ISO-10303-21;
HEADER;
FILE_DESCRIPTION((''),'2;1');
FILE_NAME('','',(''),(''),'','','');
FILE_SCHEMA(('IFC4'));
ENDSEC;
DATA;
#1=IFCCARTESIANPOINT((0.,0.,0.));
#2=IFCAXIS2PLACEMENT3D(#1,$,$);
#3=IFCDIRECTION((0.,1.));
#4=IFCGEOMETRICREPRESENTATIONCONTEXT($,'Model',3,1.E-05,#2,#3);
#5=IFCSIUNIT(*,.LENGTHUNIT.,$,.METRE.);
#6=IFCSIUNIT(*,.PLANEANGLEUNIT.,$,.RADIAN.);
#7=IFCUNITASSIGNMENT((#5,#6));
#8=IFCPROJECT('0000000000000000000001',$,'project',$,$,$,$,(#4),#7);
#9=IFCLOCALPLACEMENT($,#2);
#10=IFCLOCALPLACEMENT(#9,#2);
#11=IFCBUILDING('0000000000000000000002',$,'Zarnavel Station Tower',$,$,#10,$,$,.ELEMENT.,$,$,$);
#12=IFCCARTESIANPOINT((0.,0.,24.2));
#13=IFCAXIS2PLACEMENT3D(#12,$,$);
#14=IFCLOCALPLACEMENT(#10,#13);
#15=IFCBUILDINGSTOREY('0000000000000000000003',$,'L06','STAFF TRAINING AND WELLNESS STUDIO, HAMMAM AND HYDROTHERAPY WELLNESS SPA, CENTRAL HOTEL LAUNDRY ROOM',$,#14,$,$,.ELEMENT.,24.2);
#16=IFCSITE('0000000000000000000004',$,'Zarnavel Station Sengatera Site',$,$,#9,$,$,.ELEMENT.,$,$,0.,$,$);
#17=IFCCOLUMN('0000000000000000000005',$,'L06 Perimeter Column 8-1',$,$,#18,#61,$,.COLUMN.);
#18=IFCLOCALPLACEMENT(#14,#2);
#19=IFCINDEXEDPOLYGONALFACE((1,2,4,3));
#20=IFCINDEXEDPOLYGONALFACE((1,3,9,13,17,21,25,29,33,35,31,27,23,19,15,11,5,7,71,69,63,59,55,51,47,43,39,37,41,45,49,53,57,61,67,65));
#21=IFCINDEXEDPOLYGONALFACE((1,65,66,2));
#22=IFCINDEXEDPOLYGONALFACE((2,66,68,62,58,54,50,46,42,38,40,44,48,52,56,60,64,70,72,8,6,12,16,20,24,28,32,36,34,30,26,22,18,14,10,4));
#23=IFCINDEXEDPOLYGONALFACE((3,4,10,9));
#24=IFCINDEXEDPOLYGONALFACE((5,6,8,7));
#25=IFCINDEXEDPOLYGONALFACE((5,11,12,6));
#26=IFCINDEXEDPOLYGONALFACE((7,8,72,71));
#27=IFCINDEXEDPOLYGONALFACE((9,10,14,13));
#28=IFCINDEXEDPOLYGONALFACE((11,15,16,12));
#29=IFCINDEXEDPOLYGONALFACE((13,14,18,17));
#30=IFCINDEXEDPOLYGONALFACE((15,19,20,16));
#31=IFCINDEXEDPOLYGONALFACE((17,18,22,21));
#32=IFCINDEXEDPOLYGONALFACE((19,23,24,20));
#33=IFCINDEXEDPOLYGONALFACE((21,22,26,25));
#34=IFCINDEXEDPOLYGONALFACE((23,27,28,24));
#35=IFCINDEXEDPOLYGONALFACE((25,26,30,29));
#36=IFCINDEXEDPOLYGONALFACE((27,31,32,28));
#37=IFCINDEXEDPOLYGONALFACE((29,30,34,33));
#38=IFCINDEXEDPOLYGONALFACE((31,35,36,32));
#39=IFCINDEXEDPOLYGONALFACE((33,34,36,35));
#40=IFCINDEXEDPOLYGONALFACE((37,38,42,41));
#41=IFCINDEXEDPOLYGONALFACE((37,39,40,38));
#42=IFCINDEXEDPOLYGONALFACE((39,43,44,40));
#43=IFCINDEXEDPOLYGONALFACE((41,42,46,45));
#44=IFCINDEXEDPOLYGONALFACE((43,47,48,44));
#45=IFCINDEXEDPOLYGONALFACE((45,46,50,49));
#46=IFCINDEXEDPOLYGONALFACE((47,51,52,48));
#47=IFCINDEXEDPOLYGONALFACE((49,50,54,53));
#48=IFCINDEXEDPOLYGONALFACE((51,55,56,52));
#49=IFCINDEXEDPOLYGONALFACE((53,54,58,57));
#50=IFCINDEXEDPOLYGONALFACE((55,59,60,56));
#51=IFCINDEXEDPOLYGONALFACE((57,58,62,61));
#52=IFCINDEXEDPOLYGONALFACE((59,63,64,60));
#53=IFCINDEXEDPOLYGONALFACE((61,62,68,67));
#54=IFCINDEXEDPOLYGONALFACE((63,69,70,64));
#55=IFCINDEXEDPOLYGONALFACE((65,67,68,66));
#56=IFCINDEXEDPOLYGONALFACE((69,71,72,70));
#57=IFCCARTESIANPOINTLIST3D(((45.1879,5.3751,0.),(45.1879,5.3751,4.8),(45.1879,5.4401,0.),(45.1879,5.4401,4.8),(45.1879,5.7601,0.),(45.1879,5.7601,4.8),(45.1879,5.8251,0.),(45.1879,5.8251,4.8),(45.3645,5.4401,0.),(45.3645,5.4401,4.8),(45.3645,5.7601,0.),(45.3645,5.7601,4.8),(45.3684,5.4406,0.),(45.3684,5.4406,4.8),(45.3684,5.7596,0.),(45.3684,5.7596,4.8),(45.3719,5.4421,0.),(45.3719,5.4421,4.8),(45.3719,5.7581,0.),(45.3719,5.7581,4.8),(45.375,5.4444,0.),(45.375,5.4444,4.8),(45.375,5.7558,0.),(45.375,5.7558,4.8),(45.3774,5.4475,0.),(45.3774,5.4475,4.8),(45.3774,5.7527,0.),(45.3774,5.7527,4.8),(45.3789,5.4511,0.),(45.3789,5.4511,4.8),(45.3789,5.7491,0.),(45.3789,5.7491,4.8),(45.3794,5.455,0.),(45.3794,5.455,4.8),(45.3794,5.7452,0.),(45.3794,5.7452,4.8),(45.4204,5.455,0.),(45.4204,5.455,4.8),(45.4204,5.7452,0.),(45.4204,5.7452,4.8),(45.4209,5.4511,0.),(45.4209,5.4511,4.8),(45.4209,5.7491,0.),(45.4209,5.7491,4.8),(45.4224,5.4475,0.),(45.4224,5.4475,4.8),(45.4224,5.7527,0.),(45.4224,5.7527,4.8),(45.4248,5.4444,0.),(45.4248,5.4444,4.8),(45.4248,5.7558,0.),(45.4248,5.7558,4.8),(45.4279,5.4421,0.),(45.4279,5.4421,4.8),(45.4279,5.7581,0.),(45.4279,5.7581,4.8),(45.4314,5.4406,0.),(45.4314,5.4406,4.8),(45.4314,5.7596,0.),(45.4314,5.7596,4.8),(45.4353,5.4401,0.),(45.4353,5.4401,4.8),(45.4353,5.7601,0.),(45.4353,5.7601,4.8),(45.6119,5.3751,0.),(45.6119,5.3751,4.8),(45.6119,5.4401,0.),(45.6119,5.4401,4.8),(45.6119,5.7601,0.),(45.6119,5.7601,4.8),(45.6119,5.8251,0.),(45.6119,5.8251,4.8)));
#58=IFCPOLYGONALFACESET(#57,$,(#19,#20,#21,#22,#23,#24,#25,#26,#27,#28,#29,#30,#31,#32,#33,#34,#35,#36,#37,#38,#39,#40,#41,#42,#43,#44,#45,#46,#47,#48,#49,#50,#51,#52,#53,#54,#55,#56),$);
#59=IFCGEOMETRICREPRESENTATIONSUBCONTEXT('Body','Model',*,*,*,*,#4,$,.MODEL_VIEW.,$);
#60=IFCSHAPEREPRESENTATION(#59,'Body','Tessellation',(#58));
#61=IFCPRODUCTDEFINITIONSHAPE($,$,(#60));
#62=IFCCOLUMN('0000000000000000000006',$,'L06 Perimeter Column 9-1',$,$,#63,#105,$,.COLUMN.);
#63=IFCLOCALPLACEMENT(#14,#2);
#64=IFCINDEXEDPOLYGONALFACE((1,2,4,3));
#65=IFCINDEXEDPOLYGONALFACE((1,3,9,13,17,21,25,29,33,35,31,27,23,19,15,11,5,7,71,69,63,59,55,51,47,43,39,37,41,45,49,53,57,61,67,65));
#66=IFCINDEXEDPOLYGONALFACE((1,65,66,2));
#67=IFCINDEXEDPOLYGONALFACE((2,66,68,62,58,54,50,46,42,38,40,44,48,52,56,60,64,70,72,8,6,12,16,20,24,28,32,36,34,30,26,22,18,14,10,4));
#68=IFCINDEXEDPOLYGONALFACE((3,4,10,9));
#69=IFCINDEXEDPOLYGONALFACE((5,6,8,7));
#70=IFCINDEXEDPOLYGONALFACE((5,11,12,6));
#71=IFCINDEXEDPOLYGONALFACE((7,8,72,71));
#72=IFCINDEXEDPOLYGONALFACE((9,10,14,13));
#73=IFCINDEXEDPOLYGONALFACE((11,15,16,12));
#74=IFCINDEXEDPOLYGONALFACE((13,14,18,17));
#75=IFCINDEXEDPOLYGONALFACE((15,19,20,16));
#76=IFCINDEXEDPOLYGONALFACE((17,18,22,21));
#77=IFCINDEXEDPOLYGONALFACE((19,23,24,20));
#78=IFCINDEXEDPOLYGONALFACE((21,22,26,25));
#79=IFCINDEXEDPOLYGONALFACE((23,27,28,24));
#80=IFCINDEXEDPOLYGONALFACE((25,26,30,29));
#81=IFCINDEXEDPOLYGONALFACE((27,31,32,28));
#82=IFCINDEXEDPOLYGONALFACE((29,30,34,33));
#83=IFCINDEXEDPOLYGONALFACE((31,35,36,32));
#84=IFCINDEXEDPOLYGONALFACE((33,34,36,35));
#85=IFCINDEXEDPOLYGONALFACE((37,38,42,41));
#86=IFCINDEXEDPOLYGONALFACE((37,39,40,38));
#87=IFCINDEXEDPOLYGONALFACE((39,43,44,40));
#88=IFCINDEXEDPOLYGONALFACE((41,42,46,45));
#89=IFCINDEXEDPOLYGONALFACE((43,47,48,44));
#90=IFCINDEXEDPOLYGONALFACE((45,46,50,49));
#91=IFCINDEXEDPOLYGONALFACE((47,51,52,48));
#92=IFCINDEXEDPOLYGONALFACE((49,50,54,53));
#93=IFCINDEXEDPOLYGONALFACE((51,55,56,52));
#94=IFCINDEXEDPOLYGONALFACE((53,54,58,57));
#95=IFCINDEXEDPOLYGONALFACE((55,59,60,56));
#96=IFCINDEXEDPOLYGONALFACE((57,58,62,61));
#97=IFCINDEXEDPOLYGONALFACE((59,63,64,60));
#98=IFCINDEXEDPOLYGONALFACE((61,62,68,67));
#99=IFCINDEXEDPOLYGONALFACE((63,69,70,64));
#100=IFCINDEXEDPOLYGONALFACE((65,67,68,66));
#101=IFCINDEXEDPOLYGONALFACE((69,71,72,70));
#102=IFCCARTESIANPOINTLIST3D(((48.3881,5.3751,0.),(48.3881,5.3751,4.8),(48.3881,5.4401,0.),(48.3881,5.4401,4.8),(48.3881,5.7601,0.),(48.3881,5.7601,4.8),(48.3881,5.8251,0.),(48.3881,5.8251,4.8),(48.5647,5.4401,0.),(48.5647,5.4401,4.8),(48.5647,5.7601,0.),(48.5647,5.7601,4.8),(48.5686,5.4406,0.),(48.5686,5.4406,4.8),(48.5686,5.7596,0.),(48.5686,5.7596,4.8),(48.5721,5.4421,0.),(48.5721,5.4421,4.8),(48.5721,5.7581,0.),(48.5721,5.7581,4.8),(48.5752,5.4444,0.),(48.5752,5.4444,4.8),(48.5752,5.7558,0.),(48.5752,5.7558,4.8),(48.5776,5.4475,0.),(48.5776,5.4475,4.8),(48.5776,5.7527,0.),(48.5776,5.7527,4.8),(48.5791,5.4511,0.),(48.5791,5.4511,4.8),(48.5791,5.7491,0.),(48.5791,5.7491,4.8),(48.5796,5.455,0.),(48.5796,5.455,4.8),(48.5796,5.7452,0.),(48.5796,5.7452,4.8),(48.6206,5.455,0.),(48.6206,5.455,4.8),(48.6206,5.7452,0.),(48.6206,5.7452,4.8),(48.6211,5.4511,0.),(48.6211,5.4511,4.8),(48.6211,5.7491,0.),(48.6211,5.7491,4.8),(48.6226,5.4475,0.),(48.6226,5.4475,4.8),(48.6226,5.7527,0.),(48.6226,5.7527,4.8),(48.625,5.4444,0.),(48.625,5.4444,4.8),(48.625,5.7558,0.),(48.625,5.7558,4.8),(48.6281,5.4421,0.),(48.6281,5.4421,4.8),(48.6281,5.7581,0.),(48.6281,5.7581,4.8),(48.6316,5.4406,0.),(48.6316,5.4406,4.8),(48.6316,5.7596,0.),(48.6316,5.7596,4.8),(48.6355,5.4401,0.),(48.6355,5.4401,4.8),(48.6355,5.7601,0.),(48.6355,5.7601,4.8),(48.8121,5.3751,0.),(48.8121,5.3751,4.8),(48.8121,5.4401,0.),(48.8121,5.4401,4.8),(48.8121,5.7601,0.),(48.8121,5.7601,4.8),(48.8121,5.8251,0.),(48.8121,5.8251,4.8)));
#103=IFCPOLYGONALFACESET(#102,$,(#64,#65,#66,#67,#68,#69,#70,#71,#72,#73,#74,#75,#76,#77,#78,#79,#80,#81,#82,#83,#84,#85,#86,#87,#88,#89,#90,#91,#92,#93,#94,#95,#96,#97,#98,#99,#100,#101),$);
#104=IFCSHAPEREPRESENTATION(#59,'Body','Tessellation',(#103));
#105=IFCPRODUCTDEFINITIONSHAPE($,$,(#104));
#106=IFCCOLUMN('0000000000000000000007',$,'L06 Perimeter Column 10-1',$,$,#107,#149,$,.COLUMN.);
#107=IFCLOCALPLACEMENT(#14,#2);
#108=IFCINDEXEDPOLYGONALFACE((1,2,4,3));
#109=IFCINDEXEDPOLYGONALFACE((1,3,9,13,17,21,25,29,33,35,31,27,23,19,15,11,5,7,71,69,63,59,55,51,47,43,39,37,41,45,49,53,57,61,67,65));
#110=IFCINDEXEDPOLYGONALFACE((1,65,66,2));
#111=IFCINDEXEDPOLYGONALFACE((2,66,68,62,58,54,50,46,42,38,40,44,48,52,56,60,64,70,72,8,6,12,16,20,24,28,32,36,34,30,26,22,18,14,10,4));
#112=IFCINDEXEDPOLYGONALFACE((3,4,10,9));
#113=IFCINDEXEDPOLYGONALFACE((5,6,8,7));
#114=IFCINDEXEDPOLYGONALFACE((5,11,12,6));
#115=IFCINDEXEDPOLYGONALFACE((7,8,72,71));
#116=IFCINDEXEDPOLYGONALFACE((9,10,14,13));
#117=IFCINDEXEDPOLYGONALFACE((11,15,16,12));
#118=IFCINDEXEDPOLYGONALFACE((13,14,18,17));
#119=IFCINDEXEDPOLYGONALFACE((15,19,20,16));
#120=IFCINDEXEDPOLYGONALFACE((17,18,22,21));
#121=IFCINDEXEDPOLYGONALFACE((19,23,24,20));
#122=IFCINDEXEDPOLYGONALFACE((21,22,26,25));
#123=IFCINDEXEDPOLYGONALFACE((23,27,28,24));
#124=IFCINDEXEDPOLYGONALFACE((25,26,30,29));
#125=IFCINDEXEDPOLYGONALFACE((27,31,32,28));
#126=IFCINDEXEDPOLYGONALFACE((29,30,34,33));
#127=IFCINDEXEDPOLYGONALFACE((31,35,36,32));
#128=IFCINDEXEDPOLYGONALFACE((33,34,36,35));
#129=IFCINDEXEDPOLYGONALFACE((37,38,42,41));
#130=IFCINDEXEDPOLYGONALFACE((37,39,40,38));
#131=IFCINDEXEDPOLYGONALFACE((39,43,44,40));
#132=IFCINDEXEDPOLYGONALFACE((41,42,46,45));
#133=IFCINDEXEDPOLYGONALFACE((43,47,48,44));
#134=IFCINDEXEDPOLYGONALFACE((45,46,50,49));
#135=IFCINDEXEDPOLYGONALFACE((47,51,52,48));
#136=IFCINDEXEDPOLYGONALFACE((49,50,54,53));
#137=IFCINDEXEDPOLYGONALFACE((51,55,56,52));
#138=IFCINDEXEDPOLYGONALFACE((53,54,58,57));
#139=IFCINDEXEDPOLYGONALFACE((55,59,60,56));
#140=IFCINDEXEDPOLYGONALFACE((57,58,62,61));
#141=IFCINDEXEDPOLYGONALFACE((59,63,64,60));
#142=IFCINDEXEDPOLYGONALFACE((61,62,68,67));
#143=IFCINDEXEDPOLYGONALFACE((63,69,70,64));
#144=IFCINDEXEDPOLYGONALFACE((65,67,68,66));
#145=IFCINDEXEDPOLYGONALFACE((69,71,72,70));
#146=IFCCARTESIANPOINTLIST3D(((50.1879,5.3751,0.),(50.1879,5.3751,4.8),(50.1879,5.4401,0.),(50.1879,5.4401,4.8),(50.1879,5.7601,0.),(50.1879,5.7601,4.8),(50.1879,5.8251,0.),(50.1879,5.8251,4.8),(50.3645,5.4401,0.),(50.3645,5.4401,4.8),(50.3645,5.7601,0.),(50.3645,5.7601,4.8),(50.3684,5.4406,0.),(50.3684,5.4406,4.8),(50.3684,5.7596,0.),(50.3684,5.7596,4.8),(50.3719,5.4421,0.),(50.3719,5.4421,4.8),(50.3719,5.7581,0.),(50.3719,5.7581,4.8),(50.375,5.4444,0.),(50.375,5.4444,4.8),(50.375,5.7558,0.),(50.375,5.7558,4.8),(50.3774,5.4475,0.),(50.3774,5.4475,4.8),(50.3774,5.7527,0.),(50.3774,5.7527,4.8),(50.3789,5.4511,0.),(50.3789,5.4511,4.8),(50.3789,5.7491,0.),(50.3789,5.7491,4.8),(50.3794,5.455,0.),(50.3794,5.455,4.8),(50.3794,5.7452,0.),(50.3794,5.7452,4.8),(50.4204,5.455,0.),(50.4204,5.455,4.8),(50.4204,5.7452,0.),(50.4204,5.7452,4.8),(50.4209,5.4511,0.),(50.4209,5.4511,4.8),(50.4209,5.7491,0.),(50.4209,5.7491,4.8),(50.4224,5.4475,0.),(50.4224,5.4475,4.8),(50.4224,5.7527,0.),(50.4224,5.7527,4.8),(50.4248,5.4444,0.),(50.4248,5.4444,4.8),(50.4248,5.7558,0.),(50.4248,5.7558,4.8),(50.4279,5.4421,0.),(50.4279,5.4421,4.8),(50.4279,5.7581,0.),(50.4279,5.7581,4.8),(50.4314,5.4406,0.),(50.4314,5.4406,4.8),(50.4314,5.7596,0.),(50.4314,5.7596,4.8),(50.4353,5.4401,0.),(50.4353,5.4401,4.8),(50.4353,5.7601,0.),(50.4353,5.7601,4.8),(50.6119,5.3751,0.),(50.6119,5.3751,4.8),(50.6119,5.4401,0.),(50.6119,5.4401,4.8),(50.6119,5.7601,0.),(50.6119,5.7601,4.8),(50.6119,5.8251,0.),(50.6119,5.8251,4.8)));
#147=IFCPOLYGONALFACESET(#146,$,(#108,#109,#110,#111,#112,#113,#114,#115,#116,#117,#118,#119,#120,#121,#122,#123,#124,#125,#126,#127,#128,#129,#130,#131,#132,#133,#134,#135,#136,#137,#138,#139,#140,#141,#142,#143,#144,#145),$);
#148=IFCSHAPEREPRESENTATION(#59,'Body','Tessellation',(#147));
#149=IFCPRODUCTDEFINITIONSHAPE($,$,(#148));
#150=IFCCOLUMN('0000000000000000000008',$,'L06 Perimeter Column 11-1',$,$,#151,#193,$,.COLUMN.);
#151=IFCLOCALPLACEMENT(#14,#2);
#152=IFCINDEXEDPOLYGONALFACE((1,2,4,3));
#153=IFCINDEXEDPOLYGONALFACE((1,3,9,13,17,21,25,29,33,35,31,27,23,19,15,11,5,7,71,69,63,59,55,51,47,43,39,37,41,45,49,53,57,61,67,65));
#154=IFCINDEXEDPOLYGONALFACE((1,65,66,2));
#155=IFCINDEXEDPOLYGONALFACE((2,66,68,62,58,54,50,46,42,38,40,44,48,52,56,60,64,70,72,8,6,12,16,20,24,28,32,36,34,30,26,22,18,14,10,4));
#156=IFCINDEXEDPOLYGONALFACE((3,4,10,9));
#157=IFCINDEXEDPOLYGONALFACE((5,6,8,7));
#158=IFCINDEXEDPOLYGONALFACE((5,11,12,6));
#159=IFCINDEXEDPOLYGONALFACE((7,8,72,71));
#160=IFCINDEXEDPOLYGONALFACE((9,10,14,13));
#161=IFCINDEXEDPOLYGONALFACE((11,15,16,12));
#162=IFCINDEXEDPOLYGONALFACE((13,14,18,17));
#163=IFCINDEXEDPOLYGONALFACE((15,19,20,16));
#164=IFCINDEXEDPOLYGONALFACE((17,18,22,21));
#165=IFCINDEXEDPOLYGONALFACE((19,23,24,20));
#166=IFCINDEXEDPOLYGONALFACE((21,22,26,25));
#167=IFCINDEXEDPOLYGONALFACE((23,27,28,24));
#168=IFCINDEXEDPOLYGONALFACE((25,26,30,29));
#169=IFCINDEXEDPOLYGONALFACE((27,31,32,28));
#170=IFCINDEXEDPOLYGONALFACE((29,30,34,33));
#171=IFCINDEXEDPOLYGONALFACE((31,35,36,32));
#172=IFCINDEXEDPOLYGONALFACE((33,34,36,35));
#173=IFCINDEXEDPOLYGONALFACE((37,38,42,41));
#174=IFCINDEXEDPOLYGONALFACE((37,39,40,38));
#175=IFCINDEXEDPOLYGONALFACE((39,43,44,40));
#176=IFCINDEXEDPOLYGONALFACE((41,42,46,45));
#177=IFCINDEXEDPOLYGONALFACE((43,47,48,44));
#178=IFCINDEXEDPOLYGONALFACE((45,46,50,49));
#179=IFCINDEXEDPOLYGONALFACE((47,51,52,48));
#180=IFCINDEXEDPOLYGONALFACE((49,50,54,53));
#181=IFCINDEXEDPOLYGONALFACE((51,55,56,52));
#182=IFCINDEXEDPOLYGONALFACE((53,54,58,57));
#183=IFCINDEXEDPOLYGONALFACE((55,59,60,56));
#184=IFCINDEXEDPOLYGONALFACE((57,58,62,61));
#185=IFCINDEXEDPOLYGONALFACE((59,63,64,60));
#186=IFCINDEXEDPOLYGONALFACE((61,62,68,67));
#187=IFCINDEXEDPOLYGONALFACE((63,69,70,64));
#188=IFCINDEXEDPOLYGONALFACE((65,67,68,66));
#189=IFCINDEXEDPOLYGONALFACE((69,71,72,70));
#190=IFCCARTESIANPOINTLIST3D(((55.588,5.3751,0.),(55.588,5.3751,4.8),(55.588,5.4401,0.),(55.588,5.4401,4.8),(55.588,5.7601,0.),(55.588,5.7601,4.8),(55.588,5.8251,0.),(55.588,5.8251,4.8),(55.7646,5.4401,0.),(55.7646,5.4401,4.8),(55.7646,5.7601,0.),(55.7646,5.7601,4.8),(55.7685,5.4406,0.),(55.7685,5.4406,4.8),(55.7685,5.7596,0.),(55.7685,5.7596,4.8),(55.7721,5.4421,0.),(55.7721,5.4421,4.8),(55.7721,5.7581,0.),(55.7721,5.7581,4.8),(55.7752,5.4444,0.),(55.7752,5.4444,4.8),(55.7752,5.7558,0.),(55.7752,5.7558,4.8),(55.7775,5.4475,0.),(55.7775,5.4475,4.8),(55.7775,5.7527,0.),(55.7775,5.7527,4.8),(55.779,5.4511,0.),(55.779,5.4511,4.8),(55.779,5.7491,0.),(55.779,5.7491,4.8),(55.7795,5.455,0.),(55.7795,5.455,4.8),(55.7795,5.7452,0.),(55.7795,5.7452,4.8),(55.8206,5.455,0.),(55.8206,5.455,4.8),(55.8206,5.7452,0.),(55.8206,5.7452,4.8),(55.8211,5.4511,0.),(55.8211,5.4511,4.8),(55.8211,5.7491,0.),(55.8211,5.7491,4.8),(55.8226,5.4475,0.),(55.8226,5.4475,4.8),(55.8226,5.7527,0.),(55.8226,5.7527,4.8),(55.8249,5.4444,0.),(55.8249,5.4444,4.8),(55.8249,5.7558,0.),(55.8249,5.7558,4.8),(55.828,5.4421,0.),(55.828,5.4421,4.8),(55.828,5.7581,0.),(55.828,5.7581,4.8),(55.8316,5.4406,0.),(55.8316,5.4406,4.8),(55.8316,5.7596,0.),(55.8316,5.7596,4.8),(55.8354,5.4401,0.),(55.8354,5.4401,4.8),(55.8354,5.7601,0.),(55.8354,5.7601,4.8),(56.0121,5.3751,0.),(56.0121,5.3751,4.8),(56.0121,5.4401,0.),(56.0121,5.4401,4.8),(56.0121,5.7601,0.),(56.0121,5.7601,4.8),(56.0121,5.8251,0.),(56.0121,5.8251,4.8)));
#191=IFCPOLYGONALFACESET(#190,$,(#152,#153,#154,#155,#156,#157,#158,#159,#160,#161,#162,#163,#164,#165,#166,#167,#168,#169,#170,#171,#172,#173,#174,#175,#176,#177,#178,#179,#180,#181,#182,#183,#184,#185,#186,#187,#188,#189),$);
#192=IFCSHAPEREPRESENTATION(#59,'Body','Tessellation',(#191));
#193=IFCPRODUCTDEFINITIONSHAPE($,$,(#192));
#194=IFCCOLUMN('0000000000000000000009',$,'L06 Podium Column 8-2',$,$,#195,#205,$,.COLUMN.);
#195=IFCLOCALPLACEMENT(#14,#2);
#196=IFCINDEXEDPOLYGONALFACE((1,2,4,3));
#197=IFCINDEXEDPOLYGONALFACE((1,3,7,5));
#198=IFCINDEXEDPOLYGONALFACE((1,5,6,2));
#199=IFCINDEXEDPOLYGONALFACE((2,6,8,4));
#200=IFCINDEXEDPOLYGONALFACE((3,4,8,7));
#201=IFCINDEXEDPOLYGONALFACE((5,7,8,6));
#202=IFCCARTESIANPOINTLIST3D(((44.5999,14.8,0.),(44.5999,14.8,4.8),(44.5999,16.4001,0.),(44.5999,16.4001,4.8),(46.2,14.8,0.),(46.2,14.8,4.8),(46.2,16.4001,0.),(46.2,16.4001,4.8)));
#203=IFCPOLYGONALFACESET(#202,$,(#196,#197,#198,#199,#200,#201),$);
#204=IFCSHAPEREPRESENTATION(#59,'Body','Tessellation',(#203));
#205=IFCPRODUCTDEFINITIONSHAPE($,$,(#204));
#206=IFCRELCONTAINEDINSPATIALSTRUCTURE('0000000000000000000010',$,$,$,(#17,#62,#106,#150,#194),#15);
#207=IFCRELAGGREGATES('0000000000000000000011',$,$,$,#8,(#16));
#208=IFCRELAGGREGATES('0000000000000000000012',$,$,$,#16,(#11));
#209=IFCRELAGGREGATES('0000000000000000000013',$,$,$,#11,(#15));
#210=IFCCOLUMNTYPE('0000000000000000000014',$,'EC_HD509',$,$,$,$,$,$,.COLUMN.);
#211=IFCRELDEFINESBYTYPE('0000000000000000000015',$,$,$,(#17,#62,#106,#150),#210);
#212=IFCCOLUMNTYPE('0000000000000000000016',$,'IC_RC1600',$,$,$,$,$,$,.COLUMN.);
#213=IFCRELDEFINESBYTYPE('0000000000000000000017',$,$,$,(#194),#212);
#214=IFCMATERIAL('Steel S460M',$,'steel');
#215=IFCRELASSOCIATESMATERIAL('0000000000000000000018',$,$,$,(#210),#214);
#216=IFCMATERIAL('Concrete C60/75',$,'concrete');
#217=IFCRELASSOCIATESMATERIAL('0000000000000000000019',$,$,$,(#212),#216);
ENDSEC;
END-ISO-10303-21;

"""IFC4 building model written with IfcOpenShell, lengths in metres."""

from ifc_helpers import new_model, si_unit, direction, frame, origin, origin_2d, place, context, subcontext, project, spatial, rectangle, i_section, extrude, material, material_profile, profile_set, type_object, element, save


model = new_model("IFC4")

# Units and contexts
model_context = context("Model", 3, precision=1e-05, world=origin(), true_north=direction((0.0, 1.0)))
body_context = subcontext(model_context, "Body", "Model", "MODEL_VIEW")
ifc_project = project(units=[si_unit("LENGTHUNIT", "METRE"), si_unit("PLANEANGLEUNIT", "RADIAN")], contexts=[model_context])

# Site, building, storey
site_placement = place(None, origin())
site = spatial("IfcSite", under=ifc_project, at=site_placement, Name="Zarnavel Station Sengatera Site", CompositionType="ELEMENT", RefElevation=0.0)
building_placement = place(site_placement, origin())
building = spatial("IfcBuilding", under=site, at=building_placement, Name="Zarnavel Station Tower", CompositionType="ELEMENT")
storey_placement = place(building_placement, frame((0.0, 0.0, 24.2)))
storey = spatial("IfcBuildingStorey", under=building, at=storey_placement, Name="L06", Description="STAFF TRAINING AND WELLNESS STUDIO, HAMMAM AND HYDROTHERAPY WELLNESS SPA, CENTRAL HOTEL LAUNDRY ROOM", CompositionType="ELEMENT", Elevation=24.2)

# Columns
ifc_material_1 = material(Name="Steel S460M", Category="steel")
ifc_material_profile_1 = material_profile(ifc_material_1, i_section(OverallWidth=0.4241, OverallDepth=0.45, WebThickness=0.041, FlangeThickness=0.0649, FilletRadius=0.0149, at=origin_2d()), Name="HD400x509")
ifc_profile_set_1 = profile_set([ifc_material_profile_1], Name="Steel S460M")
column_type_1 = type_object("IfcColumnType", Name="EC_HD509", PredefinedType="COLUMN", material=ifc_profile_set_1)
for number, where, z_axis, x_axis, name in (
    (1, (45.3999, 5.6001, 0.0), (0.0, 0.0, 1.0), (1.0, 0.0, 0.0), "L06 Perimeter Column 8-1"),
    (2, (48.6001, 5.6001, 0.0), (0.0, 0.0, 1.0), (1.0, 0.0, 0.0), "L06 Perimeter Column 9-1"),
    (3, (50.3999, 5.6001, 0.0), (0.0, 0.0, 1.0), (1.0, 0.0, 0.0), "L06 Perimeter Column 10-1"),
    (4, (55.8, 5.6001, 0.0), (0.0, 0.0, 1.0), (1.0, 0.0, 0.0), "L06 Perimeter Column 11-1"),
):
    element("IfcColumn", number, at=place(storey_placement, frame(where, z_axis=z_axis, x_axis=x_axis)), inside=storey, type_object=column_type_1, Name=name, PredefinedType="COLUMN", context=body_context, shape_type="SweptSolid", body=[
        extrude(i_section(OverallWidth=0.4241, OverallDepth=0.45, WebThickness=0.041, FlangeThickness=0.0649, FilletRadius=0.0149, at=origin_2d()), origin(), (0.0, 0.0, 1.0), 4.8),
    ])
ifc_material_2 = material(Name="Concrete C60/75", Category="concrete")
ifc_material_profile_2 = material_profile(ifc_material_2, rectangle(XDim=1.6001, YDim=1.6001, at=origin_2d()), Name="RC1600x1600")
ifc_profile_set_2 = profile_set([ifc_material_profile_2], Name="Concrete C60/75")
column_type_2 = type_object("IfcColumnType", Name="IC_RC1600", PredefinedType="COLUMN", material=ifc_profile_set_2)
column_placement = place(storey_placement, frame((45.3999, 15.6001, 0.0), z_axis=(0.0, 0.0, 1.0), x_axis=(1.0, 0.0, 0.0)))
element("IfcColumn", 5, at=column_placement, inside=storey, type_object=column_type_2, Name="L06 Podium Column 8-2", PredefinedType="COLUMN", context=body_context, shape_type="SweptSolid", body=[
    extrude(rectangle(XDim=1.6001, YDim=1.6001, at=origin_2d()), origin(), (0.0, 0.0, 1.0), 4.8),
])

save(model, "model.ifc")
